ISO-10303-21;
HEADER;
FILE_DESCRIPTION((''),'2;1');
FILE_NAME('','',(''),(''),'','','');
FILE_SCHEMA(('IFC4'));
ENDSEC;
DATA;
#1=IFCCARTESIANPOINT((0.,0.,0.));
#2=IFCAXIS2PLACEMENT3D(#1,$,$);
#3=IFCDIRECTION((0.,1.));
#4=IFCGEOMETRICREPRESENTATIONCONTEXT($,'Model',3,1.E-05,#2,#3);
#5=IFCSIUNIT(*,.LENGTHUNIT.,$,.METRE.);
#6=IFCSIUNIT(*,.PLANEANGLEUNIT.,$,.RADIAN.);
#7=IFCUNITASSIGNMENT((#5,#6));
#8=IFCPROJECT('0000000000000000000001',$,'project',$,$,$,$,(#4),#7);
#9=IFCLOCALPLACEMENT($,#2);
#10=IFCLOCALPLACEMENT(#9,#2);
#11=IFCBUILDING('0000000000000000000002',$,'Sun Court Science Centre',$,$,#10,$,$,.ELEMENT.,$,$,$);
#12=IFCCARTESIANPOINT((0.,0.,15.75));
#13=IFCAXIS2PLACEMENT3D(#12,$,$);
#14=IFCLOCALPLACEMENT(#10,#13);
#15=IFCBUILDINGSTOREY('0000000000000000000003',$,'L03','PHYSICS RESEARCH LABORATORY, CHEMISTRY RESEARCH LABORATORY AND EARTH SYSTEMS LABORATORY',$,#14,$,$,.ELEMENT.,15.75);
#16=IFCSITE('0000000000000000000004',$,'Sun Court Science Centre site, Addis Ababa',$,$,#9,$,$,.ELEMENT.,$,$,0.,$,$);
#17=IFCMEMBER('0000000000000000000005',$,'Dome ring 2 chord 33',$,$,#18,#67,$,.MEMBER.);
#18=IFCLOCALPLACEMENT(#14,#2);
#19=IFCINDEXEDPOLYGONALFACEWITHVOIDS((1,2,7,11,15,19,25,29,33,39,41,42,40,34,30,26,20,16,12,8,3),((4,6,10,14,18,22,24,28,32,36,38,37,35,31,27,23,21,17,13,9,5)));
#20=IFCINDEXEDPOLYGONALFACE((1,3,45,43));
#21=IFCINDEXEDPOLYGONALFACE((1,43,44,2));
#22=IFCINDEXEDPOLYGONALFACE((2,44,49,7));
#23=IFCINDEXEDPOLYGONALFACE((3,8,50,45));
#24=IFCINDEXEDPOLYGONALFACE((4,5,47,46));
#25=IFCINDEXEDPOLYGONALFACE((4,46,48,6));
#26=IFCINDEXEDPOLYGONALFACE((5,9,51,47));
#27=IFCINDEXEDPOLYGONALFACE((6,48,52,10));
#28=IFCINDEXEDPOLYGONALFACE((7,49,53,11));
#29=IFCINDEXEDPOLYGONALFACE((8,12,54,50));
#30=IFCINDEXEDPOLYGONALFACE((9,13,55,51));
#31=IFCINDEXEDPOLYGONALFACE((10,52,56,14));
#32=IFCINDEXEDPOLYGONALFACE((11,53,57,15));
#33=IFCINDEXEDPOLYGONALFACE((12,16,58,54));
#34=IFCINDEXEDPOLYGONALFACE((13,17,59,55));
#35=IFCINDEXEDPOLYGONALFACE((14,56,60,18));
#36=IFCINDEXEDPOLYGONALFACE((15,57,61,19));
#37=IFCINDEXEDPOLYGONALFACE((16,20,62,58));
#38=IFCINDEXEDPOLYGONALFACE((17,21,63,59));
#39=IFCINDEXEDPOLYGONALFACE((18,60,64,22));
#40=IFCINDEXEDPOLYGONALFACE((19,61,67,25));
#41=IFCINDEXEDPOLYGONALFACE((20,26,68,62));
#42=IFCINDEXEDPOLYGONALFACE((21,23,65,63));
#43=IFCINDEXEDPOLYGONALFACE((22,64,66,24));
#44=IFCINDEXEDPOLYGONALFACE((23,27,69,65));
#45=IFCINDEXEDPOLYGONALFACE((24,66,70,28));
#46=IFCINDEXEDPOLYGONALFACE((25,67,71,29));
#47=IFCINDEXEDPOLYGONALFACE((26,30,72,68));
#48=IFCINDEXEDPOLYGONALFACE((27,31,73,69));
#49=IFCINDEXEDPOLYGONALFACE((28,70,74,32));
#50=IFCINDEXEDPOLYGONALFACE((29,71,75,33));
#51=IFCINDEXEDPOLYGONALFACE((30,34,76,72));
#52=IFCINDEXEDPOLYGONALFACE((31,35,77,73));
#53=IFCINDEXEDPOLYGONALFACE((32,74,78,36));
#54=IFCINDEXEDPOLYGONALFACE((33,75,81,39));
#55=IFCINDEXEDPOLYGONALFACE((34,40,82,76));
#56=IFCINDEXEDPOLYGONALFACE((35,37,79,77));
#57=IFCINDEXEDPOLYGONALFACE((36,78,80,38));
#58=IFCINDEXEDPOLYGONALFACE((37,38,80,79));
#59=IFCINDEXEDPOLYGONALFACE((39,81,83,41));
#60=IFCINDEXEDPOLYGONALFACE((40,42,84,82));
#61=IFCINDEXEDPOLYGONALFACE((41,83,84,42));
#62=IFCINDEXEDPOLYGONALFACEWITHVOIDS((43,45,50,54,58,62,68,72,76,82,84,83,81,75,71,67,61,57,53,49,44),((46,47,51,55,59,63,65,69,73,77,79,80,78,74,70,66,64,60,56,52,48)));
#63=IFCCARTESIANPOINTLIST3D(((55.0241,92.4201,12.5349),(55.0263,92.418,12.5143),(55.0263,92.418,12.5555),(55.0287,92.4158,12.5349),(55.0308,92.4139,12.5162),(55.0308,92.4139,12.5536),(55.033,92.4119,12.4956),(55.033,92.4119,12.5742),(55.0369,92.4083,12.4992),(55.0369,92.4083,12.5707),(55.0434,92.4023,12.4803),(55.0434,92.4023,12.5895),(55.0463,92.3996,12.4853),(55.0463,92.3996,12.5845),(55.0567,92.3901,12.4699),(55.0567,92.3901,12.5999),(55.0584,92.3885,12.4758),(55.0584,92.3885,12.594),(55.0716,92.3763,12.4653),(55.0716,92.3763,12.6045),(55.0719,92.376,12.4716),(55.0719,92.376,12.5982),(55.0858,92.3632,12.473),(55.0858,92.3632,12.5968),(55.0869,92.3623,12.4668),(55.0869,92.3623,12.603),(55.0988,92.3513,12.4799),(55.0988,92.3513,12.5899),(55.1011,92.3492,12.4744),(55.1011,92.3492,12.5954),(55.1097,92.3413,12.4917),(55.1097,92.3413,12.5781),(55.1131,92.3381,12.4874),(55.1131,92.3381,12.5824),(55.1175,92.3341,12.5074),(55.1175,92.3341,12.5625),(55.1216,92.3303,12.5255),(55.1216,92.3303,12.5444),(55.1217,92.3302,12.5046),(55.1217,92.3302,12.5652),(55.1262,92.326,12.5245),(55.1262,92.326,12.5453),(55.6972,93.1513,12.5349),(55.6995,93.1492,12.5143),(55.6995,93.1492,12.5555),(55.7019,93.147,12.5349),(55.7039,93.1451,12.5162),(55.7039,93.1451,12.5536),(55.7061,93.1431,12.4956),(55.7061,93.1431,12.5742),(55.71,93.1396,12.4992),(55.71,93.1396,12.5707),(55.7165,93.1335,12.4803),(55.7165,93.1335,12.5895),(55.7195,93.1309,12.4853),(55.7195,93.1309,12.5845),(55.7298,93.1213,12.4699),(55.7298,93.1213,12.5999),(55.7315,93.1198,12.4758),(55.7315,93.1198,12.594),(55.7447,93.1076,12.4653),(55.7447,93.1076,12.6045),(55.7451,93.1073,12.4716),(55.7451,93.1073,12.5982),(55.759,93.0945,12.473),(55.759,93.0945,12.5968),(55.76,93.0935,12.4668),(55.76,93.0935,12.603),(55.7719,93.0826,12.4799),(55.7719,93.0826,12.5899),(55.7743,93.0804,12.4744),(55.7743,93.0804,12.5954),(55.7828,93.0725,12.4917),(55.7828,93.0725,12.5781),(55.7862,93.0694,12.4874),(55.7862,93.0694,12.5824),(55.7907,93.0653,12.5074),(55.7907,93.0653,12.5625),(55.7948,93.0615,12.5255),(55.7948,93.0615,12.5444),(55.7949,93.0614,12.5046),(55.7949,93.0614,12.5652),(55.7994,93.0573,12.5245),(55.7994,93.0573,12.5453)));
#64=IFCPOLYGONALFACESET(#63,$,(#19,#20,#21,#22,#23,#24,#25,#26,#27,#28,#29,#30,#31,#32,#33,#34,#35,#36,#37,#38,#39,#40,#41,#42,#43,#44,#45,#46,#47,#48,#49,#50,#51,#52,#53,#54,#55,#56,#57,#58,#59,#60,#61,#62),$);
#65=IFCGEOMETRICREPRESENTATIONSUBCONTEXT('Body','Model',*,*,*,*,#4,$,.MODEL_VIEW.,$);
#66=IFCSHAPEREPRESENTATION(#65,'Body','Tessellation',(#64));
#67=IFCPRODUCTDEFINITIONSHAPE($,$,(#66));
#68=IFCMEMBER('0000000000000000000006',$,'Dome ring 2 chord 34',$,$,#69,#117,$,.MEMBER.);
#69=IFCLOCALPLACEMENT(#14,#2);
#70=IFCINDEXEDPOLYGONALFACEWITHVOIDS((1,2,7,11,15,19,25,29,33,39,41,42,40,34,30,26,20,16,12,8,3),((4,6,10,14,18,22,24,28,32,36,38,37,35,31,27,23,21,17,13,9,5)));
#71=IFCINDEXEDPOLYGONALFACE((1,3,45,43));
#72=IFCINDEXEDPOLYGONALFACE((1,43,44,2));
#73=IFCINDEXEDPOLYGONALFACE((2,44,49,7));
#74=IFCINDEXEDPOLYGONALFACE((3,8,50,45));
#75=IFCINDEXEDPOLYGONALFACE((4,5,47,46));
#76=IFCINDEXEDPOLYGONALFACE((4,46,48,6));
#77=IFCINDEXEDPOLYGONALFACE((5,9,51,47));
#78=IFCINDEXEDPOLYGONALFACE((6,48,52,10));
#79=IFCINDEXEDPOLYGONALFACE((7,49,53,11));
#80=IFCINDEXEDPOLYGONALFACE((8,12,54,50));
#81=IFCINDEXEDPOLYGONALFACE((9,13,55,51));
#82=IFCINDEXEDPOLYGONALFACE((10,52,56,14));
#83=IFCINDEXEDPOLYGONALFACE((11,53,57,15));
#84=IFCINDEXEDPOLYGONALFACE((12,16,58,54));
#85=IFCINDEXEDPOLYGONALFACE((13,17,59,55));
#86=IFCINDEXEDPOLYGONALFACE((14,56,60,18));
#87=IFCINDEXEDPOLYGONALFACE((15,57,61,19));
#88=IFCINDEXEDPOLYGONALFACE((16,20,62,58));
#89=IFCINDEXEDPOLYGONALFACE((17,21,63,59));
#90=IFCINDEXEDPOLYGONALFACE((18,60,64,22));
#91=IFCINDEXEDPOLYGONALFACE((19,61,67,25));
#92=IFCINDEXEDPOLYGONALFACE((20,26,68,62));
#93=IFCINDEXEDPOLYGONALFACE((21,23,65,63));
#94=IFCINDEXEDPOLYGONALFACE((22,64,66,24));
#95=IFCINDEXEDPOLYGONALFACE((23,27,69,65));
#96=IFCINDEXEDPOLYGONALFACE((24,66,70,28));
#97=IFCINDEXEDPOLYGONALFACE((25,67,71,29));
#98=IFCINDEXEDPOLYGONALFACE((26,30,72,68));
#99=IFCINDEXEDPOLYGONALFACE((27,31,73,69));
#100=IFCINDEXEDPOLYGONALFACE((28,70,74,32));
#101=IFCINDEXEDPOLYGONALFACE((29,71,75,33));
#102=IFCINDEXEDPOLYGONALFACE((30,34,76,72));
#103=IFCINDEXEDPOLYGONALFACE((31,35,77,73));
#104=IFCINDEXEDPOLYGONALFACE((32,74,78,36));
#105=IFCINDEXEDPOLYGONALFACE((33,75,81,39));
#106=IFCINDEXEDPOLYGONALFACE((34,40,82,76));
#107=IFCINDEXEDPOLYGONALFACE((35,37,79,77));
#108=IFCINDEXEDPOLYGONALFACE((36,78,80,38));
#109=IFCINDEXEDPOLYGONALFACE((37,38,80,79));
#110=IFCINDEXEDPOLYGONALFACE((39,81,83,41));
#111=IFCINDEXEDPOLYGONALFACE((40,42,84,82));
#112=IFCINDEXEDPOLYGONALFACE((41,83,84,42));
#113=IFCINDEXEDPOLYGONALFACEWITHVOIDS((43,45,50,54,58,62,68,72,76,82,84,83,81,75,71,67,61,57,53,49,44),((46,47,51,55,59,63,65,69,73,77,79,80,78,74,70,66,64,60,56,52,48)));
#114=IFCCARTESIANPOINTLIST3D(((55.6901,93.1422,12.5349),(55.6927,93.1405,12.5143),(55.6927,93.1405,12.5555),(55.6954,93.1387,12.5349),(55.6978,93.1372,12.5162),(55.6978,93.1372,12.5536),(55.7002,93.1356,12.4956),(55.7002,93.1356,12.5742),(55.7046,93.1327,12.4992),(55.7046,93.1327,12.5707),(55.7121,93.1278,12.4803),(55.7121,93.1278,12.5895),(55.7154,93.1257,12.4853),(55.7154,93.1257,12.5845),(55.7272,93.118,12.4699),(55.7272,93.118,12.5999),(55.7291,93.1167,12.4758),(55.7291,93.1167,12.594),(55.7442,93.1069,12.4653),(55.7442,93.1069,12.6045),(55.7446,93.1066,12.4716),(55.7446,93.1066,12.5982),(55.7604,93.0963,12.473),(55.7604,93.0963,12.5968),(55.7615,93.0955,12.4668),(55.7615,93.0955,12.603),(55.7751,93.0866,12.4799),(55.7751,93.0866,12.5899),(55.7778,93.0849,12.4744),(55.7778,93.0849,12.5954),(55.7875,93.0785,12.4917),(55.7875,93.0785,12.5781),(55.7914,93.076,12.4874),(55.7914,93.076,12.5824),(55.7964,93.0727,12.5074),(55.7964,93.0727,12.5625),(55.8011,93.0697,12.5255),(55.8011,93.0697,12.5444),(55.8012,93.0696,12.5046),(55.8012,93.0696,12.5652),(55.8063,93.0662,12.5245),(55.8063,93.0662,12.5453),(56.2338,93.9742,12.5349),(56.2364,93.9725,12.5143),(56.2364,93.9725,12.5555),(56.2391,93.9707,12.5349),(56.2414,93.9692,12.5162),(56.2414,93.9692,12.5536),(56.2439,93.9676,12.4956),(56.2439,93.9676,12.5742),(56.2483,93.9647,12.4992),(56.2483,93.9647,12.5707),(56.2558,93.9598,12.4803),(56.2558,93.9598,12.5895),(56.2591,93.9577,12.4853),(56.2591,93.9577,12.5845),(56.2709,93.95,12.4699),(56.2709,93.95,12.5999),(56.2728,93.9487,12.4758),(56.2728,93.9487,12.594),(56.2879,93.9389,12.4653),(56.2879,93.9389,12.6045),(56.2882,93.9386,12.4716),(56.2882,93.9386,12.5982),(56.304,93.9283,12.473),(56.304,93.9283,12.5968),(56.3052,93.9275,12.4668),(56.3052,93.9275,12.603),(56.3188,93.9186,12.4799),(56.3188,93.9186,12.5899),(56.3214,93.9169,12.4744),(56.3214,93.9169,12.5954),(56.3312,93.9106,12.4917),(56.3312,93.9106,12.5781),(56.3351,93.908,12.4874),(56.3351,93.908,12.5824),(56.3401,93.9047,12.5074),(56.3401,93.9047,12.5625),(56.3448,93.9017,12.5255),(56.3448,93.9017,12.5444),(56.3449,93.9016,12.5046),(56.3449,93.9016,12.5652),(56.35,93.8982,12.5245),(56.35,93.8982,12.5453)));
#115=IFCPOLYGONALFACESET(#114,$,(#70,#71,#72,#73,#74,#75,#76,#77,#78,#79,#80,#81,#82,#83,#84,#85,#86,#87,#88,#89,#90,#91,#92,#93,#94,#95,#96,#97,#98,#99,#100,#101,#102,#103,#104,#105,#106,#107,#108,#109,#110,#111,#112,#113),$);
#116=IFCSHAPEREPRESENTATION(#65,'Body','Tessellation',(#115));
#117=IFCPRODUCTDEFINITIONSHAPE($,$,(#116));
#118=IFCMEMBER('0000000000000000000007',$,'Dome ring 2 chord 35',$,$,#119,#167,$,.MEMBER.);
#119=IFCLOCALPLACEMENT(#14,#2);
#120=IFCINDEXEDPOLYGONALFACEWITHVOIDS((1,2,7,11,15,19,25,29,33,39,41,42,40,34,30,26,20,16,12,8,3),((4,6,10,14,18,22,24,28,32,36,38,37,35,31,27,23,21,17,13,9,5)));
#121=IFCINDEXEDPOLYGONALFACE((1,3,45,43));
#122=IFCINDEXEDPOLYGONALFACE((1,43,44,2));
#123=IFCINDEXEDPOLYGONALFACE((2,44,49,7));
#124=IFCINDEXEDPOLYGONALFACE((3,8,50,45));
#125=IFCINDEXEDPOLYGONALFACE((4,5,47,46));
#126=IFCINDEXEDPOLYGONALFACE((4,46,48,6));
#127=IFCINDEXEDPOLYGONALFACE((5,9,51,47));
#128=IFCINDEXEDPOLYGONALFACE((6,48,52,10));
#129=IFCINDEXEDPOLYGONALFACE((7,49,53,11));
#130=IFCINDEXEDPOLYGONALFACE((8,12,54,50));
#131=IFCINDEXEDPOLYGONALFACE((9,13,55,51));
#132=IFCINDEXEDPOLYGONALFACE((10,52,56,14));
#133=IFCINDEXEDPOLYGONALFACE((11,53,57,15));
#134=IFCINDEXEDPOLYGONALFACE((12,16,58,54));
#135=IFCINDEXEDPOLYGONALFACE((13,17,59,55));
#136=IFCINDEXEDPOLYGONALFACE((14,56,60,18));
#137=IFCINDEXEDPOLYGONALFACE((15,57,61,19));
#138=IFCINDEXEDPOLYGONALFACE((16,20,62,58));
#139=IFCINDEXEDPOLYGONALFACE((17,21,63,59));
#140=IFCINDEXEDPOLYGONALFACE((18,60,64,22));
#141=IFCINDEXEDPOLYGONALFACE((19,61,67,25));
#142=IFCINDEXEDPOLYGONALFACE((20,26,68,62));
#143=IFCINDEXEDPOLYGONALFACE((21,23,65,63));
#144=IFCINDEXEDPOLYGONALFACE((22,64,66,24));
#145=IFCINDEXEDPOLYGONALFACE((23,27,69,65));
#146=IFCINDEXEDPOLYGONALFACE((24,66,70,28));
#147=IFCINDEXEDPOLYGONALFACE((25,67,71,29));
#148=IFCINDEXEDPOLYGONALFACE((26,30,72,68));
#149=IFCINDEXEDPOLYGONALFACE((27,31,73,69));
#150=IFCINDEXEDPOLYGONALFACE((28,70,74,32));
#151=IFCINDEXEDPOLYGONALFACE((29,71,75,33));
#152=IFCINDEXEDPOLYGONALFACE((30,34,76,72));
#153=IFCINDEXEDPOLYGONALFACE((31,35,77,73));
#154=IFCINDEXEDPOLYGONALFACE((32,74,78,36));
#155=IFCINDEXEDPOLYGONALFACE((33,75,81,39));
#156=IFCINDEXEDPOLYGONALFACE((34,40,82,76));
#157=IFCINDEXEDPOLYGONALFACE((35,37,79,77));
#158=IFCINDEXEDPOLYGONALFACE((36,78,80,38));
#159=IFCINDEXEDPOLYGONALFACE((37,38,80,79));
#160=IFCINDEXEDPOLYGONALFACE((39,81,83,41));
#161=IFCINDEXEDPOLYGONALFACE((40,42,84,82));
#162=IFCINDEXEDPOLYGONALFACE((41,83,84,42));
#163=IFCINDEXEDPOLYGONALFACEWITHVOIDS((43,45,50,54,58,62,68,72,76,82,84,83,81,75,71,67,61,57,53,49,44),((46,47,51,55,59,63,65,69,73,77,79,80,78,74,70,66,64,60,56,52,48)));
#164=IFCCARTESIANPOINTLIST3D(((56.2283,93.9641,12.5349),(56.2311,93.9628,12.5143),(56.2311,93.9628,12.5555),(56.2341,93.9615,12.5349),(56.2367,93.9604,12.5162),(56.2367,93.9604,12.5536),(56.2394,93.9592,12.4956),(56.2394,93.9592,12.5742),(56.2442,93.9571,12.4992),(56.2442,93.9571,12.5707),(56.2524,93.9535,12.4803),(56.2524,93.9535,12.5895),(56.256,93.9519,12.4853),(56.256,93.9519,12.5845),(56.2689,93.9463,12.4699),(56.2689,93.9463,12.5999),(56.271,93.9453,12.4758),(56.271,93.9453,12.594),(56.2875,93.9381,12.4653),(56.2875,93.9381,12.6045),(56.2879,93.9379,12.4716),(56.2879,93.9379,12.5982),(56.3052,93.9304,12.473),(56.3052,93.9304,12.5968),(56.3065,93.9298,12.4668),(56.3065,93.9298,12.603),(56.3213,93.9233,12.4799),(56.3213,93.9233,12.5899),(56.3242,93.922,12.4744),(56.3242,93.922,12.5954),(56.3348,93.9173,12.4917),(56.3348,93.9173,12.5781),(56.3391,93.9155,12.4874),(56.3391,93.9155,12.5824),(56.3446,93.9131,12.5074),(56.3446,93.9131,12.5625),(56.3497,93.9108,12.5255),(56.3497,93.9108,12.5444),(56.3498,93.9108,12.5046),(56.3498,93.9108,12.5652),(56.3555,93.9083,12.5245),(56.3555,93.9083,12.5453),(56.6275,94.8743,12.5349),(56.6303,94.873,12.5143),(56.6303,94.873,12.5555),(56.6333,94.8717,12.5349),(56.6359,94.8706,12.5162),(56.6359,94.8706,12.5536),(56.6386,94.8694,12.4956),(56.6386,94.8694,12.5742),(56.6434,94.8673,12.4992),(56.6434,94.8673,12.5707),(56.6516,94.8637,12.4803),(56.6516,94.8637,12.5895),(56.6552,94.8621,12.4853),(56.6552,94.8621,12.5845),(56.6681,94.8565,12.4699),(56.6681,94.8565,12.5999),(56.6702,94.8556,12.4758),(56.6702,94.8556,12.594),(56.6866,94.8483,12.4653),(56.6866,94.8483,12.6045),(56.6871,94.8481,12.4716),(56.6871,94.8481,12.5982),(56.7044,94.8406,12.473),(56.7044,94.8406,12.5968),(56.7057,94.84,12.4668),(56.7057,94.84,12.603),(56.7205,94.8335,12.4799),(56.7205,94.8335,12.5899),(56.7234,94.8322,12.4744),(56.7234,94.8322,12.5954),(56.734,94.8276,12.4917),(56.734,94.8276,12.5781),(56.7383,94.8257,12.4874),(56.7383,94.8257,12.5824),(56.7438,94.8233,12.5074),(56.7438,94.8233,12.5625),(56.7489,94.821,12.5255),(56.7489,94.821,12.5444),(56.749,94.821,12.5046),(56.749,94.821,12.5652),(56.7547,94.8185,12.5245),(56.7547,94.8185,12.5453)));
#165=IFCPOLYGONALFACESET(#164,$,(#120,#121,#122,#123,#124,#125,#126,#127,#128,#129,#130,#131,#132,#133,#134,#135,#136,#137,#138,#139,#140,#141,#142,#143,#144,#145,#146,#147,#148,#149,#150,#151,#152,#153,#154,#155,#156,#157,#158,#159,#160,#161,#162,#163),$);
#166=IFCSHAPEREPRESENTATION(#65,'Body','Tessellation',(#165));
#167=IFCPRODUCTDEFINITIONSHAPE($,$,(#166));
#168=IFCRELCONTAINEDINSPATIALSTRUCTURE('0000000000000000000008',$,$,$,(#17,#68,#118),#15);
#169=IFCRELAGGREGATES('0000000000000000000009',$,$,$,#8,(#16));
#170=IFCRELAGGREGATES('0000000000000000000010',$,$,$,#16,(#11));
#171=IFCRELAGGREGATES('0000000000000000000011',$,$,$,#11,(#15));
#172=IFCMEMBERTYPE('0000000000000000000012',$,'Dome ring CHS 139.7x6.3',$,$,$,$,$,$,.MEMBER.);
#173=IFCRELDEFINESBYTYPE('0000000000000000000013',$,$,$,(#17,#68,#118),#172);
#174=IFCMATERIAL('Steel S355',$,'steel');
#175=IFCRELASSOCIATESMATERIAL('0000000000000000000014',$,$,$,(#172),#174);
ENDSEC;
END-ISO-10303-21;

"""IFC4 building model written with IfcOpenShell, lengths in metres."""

from ifc_helpers import new_model, si_unit, direction, frame, origin, origin_2d, place, context, subcontext, project, spatial, hollow_circle, extrude, material, material_profile, profile_set, type_object, element, save


model = new_model("IFC4")

# Units and contexts
model_context = context("Model", 3, precision=1e-05, world=origin(), true_north=direction((0.0, 1.0)))
body_context = subcontext(model_context, "Body", "Model", "MODEL_VIEW")
ifc_project = project(units=[si_unit("LENGTHUNIT", "METRE"), si_unit("PLANEANGLEUNIT", "RADIAN")], contexts=[model_context])

# Site, building, storey
site_placement = place(None, origin())
site = spatial("IfcSite", under=ifc_project, at=site_placement, Name="Sun Court Science Centre site, Addis Ababa", CompositionType="ELEMENT", RefElevation=0.0)
building_placement = place(site_placement, origin())
building = spatial("IfcBuilding", under=site, at=building_placement, Name="Sun Court Science Centre", CompositionType="ELEMENT")
storey_placement = place(building_placement, frame((0.0, 0.0, 15.75)))
storey = spatial("IfcBuildingStorey", under=building, at=storey_placement, Name="L03", Description="PHYSICS RESEARCH LABORATORY, CHEMISTRY RESEARCH LABORATORY AND EARTH SYSTEMS LABORATORY", CompositionType="ELEMENT", Elevation=15.75)

# Members
ifc_material_1 = material(Name="Steel S355", Category="steel")
ifc_material_profile_1 = material_profile(ifc_material_1, hollow_circle(Radius=0.0698, WallThickness=0.0063, at=origin_2d()), Name="CHS 139.7x6.3")
ifc_profile_set_1 = profile_set([ifc_material_profile_1], Name="Steel S355")
member_type_1 = type_object("IfcMemberType", Name="Dome ring CHS 139.7x6.3", PredefinedType="MEMBER", material=ifc_profile_set_1)
for number, where, z_axis, x_axis, name in (
    (1, (55.0754, 92.3728, 12.5349), (0.677269, 0.735735, 0.0), (-0.735735, 0.677269, 0.0), "Dome ring 2 chord 33"),
    (2, (55.7485, 93.104, 12.5349), (0.547024, 0.837117, 0.0), (-0.837117, 0.547024, 0.0), "Dome ring 2 chord 34"),
    (3, (56.2922, 93.936, 12.5349), (0.401643, 0.915796, 0.0), (-0.915796, 0.401643, 0.0), "Dome ring 2 chord 35"),
):
    element("IfcMember", number, at=place(storey_placement, frame(where, z_axis=z_axis, x_axis=x_axis)), inside=storey, type_object=member_type_1, Name=name, PredefinedType="MEMBER", context=body_context, shape_type="SweptSolid", body=[
        extrude(hollow_circle(Radius=0.0698, WallThickness=0.0063, at=origin_2d()), origin(), (0.0, 0.0, 1.0), 0.9939),
    ])

save(model, "model.ifc")
